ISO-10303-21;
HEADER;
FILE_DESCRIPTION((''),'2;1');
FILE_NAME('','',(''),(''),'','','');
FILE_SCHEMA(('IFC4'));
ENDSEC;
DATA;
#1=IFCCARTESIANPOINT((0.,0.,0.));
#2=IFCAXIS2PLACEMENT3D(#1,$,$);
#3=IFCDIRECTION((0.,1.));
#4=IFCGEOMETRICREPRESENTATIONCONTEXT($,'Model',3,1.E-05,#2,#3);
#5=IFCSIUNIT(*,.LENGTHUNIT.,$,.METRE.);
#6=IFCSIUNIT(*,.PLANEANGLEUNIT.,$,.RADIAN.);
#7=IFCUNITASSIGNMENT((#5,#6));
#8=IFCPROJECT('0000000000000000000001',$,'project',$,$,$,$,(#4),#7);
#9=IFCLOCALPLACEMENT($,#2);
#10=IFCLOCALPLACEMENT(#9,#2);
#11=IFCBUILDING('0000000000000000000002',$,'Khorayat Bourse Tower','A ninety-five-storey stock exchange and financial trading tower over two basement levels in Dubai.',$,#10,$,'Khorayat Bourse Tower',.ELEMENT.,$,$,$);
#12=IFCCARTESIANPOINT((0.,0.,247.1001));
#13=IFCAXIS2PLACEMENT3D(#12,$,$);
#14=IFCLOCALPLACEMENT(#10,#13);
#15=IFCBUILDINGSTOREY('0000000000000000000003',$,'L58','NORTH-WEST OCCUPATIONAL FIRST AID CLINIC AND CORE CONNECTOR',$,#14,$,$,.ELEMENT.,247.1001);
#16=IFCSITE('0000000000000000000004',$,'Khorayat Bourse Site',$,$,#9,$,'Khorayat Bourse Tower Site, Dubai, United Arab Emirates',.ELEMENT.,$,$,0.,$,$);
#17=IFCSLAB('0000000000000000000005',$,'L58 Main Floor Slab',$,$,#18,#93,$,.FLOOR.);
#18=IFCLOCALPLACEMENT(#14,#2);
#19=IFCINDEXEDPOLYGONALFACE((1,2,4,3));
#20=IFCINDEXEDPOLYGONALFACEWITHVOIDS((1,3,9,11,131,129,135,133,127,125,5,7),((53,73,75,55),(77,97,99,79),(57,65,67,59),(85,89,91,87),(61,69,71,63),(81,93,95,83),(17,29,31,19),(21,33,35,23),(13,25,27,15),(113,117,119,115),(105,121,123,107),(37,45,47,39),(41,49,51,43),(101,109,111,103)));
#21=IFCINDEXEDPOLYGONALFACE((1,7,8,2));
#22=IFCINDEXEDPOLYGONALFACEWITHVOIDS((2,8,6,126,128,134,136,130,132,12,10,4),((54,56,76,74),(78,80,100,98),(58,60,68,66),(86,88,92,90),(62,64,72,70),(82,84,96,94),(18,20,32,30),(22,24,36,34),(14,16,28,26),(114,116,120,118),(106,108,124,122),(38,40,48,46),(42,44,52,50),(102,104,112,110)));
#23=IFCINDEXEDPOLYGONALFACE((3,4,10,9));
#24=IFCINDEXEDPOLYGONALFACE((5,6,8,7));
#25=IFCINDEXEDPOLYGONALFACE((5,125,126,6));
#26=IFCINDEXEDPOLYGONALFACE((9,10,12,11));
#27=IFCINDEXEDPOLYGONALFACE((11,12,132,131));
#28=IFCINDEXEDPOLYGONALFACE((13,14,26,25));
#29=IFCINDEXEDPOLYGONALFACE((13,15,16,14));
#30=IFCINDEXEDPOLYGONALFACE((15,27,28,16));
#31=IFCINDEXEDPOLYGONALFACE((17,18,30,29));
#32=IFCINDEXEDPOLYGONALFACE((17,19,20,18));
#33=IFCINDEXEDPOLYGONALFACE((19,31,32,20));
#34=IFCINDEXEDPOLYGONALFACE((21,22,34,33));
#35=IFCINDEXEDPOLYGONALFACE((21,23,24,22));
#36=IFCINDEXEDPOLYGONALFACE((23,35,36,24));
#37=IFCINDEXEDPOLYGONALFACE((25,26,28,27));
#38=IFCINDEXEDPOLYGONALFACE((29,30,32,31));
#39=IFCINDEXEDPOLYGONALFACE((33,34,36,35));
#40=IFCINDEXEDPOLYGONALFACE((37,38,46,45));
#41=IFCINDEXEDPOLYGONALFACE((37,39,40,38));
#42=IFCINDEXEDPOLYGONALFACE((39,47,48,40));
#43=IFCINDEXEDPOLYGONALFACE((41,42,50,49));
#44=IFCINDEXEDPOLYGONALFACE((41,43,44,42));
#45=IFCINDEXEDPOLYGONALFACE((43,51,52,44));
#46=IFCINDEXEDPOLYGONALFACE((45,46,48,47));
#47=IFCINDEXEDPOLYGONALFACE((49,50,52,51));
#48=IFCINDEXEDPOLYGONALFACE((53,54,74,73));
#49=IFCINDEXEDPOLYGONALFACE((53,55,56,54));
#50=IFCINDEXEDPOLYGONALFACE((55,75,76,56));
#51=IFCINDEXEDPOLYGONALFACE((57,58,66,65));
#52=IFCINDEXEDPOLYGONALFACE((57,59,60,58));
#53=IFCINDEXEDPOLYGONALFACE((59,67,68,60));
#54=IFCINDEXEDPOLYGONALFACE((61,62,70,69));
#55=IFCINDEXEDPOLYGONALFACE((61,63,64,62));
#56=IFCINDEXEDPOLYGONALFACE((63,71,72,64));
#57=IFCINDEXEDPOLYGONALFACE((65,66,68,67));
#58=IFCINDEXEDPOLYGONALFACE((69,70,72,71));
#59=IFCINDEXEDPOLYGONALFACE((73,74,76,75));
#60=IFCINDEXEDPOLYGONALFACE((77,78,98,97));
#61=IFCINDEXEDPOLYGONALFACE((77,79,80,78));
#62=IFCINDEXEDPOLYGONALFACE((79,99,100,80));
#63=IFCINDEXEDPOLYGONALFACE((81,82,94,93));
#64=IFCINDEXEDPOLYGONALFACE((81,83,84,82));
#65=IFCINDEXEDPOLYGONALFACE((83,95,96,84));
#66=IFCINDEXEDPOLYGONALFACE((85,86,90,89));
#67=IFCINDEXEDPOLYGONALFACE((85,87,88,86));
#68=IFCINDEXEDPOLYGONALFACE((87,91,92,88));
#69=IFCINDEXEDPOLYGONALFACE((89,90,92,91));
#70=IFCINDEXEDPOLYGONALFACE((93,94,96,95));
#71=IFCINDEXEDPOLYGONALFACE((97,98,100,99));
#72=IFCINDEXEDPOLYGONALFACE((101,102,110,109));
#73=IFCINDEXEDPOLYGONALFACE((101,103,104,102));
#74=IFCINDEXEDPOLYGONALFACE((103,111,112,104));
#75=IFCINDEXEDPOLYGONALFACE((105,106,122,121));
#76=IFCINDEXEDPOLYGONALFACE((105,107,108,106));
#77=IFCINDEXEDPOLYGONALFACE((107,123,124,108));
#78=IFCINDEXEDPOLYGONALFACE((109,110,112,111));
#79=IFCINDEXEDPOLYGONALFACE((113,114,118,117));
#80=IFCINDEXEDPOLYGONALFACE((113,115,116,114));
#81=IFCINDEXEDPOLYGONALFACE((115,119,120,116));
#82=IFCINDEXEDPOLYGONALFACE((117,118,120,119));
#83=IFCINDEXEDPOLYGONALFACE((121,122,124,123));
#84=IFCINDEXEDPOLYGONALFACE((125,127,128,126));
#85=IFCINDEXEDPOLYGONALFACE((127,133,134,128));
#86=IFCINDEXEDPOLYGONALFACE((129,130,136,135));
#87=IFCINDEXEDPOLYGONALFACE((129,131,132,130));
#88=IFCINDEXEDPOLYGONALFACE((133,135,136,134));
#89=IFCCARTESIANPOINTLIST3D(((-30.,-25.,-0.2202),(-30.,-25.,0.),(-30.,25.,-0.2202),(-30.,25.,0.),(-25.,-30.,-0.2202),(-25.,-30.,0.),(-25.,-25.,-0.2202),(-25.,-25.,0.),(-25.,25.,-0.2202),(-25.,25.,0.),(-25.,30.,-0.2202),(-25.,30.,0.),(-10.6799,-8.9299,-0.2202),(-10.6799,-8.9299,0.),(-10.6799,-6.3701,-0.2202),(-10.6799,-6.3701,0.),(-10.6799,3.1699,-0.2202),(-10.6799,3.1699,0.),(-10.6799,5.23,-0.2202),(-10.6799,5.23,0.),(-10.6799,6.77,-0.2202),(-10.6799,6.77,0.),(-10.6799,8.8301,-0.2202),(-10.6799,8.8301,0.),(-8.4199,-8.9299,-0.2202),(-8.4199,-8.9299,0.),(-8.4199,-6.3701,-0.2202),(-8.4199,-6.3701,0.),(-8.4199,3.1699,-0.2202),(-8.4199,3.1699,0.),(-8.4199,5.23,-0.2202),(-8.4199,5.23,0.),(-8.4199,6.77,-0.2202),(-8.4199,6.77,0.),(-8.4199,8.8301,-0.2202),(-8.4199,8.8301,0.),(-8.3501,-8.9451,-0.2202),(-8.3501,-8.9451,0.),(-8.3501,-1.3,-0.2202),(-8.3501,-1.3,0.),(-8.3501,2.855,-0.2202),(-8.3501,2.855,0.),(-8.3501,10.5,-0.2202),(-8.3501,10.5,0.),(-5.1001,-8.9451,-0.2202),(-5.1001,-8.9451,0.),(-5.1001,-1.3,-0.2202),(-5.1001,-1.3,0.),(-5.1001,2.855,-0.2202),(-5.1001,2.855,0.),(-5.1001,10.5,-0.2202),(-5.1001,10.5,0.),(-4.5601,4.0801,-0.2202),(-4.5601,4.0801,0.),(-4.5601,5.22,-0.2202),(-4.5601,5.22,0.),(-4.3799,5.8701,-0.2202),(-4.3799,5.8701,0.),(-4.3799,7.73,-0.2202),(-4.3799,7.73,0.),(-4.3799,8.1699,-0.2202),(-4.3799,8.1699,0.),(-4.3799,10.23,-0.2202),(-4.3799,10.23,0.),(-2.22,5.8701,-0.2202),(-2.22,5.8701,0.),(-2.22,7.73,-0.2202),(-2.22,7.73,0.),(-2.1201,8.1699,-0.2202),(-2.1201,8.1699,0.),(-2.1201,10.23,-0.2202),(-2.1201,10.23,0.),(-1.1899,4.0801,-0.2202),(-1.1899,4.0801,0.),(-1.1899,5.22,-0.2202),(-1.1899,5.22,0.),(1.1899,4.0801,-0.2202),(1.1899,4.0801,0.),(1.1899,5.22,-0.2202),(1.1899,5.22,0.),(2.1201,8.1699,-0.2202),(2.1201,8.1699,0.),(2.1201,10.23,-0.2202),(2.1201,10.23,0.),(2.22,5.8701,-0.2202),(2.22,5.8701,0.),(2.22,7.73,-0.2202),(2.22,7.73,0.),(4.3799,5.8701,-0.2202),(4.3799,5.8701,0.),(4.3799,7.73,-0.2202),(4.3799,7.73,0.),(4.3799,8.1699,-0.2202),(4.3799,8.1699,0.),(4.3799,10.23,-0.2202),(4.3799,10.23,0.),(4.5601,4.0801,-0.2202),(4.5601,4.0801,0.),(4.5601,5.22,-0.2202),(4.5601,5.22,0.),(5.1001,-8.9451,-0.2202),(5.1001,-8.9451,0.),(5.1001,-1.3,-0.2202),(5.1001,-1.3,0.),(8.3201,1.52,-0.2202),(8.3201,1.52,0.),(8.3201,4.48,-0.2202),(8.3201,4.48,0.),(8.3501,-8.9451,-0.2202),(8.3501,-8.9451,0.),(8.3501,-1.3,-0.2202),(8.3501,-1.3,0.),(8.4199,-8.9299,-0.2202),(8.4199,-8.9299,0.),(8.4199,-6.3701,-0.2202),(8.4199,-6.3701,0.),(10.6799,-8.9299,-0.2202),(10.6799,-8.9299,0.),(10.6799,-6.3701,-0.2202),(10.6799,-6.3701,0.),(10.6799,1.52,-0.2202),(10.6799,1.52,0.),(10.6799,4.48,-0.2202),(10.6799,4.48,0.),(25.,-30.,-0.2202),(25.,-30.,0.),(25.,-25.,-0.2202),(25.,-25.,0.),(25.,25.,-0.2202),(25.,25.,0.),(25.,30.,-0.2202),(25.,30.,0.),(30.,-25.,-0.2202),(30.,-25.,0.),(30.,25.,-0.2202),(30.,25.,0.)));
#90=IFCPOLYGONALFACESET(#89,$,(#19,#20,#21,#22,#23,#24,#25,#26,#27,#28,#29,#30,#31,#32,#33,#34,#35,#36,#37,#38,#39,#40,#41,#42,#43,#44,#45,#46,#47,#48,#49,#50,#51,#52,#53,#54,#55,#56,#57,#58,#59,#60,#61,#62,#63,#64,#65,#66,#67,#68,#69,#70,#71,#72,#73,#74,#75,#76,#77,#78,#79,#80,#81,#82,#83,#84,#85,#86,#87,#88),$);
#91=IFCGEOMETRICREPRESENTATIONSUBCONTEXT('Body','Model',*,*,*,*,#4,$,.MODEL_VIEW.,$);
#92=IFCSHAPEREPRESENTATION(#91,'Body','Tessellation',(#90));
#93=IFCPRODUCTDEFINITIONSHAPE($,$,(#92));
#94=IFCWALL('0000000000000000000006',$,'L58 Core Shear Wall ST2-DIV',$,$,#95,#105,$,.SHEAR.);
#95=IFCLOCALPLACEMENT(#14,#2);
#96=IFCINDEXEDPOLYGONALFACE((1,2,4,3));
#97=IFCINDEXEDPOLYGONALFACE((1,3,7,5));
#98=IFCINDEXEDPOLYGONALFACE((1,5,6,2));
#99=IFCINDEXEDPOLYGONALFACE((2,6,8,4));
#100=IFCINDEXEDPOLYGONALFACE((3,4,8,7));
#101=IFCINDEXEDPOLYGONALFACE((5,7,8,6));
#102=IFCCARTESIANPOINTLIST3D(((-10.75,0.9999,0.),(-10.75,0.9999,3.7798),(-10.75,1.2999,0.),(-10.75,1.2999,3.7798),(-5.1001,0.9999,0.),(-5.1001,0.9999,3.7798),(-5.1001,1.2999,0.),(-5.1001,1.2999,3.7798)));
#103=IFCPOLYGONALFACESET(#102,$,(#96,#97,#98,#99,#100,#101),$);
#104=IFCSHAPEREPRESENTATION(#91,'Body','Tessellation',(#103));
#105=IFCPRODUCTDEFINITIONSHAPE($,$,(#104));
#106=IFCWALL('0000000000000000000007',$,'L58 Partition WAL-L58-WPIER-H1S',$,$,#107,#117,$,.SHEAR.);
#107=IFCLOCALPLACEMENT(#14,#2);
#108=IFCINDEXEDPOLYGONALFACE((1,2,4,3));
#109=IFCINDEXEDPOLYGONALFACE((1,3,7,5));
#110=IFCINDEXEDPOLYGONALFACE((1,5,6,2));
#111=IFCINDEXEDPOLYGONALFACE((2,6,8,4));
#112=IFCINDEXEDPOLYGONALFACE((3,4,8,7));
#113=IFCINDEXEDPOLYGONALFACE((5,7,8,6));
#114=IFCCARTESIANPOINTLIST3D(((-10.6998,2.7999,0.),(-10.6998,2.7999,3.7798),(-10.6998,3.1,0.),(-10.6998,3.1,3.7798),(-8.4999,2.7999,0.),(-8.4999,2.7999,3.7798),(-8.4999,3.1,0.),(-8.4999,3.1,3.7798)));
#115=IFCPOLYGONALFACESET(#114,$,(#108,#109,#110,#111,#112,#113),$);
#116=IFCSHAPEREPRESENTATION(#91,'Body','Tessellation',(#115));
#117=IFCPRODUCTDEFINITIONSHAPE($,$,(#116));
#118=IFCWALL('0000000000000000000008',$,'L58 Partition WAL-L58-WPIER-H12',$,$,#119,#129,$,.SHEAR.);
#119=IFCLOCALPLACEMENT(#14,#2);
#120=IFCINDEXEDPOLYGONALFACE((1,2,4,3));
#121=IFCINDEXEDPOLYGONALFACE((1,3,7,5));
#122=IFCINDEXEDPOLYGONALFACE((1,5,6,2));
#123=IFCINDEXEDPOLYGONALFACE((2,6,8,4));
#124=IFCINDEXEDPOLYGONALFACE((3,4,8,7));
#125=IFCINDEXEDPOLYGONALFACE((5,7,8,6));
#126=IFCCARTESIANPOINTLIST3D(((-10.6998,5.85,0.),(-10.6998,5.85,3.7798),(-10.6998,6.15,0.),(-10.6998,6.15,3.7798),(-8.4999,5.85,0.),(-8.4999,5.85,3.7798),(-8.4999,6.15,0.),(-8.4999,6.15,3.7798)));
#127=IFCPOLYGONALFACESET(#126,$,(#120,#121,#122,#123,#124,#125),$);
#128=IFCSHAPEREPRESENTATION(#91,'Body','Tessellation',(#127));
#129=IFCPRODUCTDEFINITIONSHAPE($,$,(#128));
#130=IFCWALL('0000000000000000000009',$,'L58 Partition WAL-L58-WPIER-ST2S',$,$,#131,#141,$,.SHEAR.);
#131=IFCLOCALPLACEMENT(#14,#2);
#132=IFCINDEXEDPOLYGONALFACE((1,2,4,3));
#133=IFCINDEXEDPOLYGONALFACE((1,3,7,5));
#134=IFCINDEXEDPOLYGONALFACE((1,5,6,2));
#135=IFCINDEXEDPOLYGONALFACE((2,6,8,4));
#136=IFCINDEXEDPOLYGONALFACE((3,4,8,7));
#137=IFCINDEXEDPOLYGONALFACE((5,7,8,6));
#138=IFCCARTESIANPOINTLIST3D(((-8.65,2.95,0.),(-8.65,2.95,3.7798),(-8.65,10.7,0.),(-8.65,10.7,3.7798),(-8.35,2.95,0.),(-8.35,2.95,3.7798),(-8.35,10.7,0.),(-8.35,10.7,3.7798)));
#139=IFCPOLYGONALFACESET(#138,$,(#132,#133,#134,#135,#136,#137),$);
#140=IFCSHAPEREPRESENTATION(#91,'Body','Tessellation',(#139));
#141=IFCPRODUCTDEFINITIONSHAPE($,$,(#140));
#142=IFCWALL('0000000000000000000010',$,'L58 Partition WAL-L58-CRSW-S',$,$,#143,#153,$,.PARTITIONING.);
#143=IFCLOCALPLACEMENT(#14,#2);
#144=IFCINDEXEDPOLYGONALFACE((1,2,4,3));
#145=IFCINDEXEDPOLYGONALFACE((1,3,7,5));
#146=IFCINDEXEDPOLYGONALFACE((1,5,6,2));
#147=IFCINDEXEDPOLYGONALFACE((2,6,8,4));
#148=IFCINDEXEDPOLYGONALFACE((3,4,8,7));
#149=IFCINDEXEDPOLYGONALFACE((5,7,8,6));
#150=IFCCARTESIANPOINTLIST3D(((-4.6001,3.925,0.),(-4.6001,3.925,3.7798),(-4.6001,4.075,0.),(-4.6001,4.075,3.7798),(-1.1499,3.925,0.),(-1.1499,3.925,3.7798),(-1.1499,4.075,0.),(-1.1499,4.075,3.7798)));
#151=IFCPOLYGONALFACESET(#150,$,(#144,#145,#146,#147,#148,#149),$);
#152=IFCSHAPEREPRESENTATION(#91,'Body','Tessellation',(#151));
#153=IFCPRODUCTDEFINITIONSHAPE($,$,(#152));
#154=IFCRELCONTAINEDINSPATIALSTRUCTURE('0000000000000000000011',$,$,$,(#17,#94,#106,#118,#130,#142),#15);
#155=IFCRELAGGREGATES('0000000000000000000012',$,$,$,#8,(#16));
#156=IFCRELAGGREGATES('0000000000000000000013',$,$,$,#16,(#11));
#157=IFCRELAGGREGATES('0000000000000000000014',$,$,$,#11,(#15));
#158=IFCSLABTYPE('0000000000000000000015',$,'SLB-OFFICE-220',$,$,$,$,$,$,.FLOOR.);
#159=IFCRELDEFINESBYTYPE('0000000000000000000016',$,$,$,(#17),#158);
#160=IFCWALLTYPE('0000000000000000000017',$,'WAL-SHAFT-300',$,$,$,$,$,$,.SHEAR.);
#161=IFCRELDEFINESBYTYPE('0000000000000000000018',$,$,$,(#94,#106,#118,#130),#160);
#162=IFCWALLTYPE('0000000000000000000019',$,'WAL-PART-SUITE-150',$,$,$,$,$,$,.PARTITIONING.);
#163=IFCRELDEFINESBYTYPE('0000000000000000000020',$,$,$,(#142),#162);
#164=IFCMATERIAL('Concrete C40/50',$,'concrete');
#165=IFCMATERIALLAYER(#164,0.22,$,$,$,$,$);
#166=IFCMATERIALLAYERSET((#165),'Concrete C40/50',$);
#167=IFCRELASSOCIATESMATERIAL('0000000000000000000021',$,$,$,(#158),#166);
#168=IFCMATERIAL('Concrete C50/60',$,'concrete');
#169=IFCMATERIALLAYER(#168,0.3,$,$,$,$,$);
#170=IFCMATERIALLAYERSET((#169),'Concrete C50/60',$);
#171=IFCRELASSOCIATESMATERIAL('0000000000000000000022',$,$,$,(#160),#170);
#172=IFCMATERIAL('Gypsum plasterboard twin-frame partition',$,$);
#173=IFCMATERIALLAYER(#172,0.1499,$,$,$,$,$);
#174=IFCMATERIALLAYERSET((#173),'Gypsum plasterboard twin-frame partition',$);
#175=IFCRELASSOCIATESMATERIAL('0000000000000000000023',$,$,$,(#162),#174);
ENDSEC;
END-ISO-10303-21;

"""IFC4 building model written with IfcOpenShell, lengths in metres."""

from ifc_helpers import new_model, si_unit, direction, frame, frame_2d, origin, place, context, subcontext, project, spatial, polyline, rectangle, outline, extrude, source, transform, mapped, material, layer, layer_set, type_object, element, save


model = new_model("IFC4")

# Units and contexts
model_context = context("Model", 3, precision=1e-05, world=origin(), true_north=direction((0.0, 1.0)))
body_context = subcontext(model_context, "Body", "Model", "MODEL_VIEW")
ifc_project = project(units=[si_unit("LENGTHUNIT", "METRE"), si_unit("PLANEANGLEUNIT", "RADIAN")], contexts=[model_context])

# Site, building, storey
site_placement = place(None, origin())
site = spatial("IfcSite", under=ifc_project, at=site_placement, Name="Khorayat Bourse Site", LongName="Khorayat Bourse Tower Site, Dubai, United Arab Emirates", CompositionType="ELEMENT", RefElevation=0.0)
building_placement = place(site_placement, origin())
building = spatial("IfcBuilding", under=site, at=building_placement, Name="Khorayat Bourse Tower", Description="A ninety-five-storey stock exchange and financial trading tower over two basement levels in Dubai.", LongName="Khorayat Bourse Tower", CompositionType="ELEMENT")
storey_placement = place(building_placement, frame((0.0, 0.0, 247.1001)))
storey = spatial("IfcBuildingStorey", under=building, at=storey_placement, Name="L58", Description="NORTH-WEST OCCUPATIONAL FIRST AID CLINIC AND CORE CONNECTOR", CompositionType="ELEMENT", Elevation=247.1001)

# Slab
ifc_material_1 = material(Name="Concrete C40/50", Category="concrete")
ifc_layer_1 = layer(ifc_material_1, 0.22)
ifc_layer_set_1 = layer_set([ifc_layer_1], Name="Concrete C40/50")
slab_type = type_object("IfcSlabType", Name="SLB-OFFICE-220", PredefinedType="FLOOR", material=ifc_layer_set_1)
slab_placement = place(storey_placement, frame((0.0, 0.0, -0.2202)))
element("IfcSlab", 1, at=slab_placement, inside=storey, type_object=slab_type, Name="L58 Main Floor Slab", PredefinedType="FLOOR", context=body_context, shape_type="SweptSolid", body=[
    extrude(outline(polyline([(-25.0, -30.0), (25.0, -30.0), (25.0, -25.0), (30.0, -25.0), (30.0, 25.0), (25.0, 25.0), (25.0, 30.0), (-25.0, 30.0), (-25.0, 25.0), (-30.0, 25.0), (-30.0, -25.0), (-25.0, -25.0), (-25.0, -30.0)]), holes=[polyline([(-8.3501, -8.9451), (-5.1001, -8.9451), (-5.1001, -1.3), (-8.3501, -1.3), (-8.3501, -8.9451)]), polyline([(-8.3501, 2.855), (-5.1001, 2.855), (-5.1001, 10.5), (-8.3501, 10.5), (-8.3501, 2.855)]), polyline([(5.1001, -8.9451), (8.3501, -8.9451), (8.3501, -1.3), (5.1001, -1.3), (5.1001, -8.9451)]), polyline([(-4.3799, 8.1699), (-2.1201, 8.1699), (-2.1201, 10.23), (-4.3799, 10.23), (-4.3799, 8.1699)]), polyline([(2.1201, 8.1699), (4.3799, 8.1699), (4.3799, 10.23), (2.1201, 10.23), (2.1201, 8.1699)]), polyline([(-4.3799, 5.8701), (-2.22, 5.8701), (-2.22, 7.73), (-4.3799, 7.73), (-4.3799, 5.8701)]), polyline([(2.22, 5.8701), (4.3799, 5.8701), (4.3799, 7.73), (2.22, 7.73), (2.22, 5.8701)]), polyline([(-10.6799, 3.1699), (-8.4199, 3.1699), (-8.4199, 5.23), (-10.6799, 5.23), (-10.6799, 3.1699)]), polyline([(-10.6799, 6.77), (-8.4199, 6.77), (-8.4199, 8.8301), (-10.6799, 8.8301), (-10.6799, 6.77)]), polyline([(-10.6799, -8.9299), (-8.4199, -8.9299), (-8.4199, -6.3701), (-10.6799, -6.3701), (-10.6799, -8.9299)]), polyline([(8.4199, -8.9299), (10.6799, -8.9299), (10.6799, -6.3701), (8.4199, -6.3701), (8.4199, -8.9299)]), polyline([(8.3201, 1.52), (10.6799, 1.52), (10.6799, 4.48), (8.3201, 4.48), (8.3201, 1.52)]), polyline([(-4.5601, 4.0801), (-1.1899, 4.0801), (-1.1899, 5.22), (-4.5601, 5.22), (-4.5601, 4.0801)]), polyline([(1.1899, 4.0801), (4.5601, 4.0801), (4.5601, 5.22), (1.1899, 5.22), (1.1899, 4.0801)])]), origin(), (0.0, 0.0, 1.0), 0.2202),
])

# Walls
ifc_material_2 = material(Name="Concrete C50/60", Category="concrete")
ifc_layer_2 = layer(ifc_material_2, 0.3)
ifc_layer_set_2 = layer_set([ifc_layer_2], Name="Concrete C50/60")
wall_type_1 = type_object("IfcWallType", Name="WAL-SHAFT-300", PredefinedType="SHEAR", material=ifc_layer_set_2)
shared_shape_1 = source(origin(), body_context, "Body", "SweptSolid", [
    extrude(rectangle(XDim=5.6499, YDim=0.3, at=frame_2d((2.825, 0.0))), origin(), (0.0, 0.0, 1.0), 3.7798),
])
wall_1_placement = place(storey_placement, frame((-10.75, 1.1499, 0.0), z_axis=(0.0, 0.0, 1.0), x_axis=(1.0, 0.0, 0.0)))
element("IfcWall", 2, at=wall_1_placement, inside=storey, type_object=wall_type_1, Name="L58 Core Shear Wall ST2-DIV", PredefinedType="SHEAR", context=body_context, shape_type="MappedRepresentation", body=[
    mapped(shared_shape_1, transform((0.0, 0.0, 0.0), scale=1.0)),
])
shared_shape_2 = source(origin(), body_context, "Body", "SweptSolid", [
    extrude(rectangle(XDim=2.2, YDim=0.3, at=frame_2d((1.1001, 0.0))), origin(), (0.0, 0.0, 1.0), 3.7798),
])
for number, where, z_axis, x_axis, name in (
    (3, (-10.7, 2.95, 0.0), (0.0, 0.0, 1.0), (1.0, 0.0, 0.0), "L58 Partition WAL-L58-WPIER-H1S"),
    (4, (-10.7, 6.0, 0.0), (0.0, 0.0, 1.0), (1.0, 0.0, 0.0), "L58 Partition WAL-L58-WPIER-H12"),
):
    element("IfcWall", number, at=place(storey_placement, frame(where, z_axis=z_axis, x_axis=x_axis)), inside=storey, type_object=wall_type_1, Name=name, PredefinedType="SHEAR", context=body_context, shape_type="MappedRepresentation", body=[
        mapped(shared_shape_2, transform((0.0, 0.0, 0.0), scale=1.0)),
    ])
shared_shape_3 = source(origin(), body_context, "Body", "SweptSolid", [
    extrude(rectangle(XDim=7.75, YDim=0.3, at=frame_2d((3.875, 0.0))), origin(), (0.0, 0.0, 1.0), 3.7798),
])
wall_2_placement = place(storey_placement, frame((-8.5, 2.95, 0.0), z_axis=(0.0, 0.0, 1.0), x_axis=(0.0, 1.0, 0.0)))
element("IfcWall", 5, at=wall_2_placement, inside=storey, type_object=wall_type_1, Name="L58 Partition WAL-L58-WPIER-ST2S", PredefinedType="SHEAR", context=body_context, shape_type="MappedRepresentation", body=[
    mapped(shared_shape_3, transform((0.0, 0.0, 0.0), scale=1.0)),
])
ifc_material_3 = material(Name="Gypsum plasterboard twin-frame partition")
ifc_layer_3 = layer(ifc_material_3, 0.1499)
ifc_layer_set_3 = layer_set([ifc_layer_3], Name="Gypsum plasterboard twin-frame partition")
wall_type_2 = type_object("IfcWallType", Name="WAL-PART-SUITE-150", PredefinedType="PARTITIONING", material=ifc_layer_set_3)
shared_shape_4 = source(origin(), body_context, "Body", "SweptSolid", [
    extrude(rectangle(XDim=3.4502, YDim=0.1499, at=frame_2d((1.7251, 0.0))), origin(), (0.0, 0.0, 1.0), 3.7798),
])
wall_3_placement = place(storey_placement, frame((-4.6001, 4.0, 0.0), z_axis=(0.0, 0.0, 1.0), x_axis=(1.0, 0.0, 0.0)))
element("IfcWall", 6, at=wall_3_placement, inside=storey, type_object=wall_type_2, Name="L58 Partition WAL-L58-CRSW-S", PredefinedType="PARTITIONING", context=body_context, shape_type="MappedRepresentation", body=[
    mapped(shared_shape_4, transform((0.0, 0.0, 0.0), scale=1.0)),
])

save(model, "model.ifc")
